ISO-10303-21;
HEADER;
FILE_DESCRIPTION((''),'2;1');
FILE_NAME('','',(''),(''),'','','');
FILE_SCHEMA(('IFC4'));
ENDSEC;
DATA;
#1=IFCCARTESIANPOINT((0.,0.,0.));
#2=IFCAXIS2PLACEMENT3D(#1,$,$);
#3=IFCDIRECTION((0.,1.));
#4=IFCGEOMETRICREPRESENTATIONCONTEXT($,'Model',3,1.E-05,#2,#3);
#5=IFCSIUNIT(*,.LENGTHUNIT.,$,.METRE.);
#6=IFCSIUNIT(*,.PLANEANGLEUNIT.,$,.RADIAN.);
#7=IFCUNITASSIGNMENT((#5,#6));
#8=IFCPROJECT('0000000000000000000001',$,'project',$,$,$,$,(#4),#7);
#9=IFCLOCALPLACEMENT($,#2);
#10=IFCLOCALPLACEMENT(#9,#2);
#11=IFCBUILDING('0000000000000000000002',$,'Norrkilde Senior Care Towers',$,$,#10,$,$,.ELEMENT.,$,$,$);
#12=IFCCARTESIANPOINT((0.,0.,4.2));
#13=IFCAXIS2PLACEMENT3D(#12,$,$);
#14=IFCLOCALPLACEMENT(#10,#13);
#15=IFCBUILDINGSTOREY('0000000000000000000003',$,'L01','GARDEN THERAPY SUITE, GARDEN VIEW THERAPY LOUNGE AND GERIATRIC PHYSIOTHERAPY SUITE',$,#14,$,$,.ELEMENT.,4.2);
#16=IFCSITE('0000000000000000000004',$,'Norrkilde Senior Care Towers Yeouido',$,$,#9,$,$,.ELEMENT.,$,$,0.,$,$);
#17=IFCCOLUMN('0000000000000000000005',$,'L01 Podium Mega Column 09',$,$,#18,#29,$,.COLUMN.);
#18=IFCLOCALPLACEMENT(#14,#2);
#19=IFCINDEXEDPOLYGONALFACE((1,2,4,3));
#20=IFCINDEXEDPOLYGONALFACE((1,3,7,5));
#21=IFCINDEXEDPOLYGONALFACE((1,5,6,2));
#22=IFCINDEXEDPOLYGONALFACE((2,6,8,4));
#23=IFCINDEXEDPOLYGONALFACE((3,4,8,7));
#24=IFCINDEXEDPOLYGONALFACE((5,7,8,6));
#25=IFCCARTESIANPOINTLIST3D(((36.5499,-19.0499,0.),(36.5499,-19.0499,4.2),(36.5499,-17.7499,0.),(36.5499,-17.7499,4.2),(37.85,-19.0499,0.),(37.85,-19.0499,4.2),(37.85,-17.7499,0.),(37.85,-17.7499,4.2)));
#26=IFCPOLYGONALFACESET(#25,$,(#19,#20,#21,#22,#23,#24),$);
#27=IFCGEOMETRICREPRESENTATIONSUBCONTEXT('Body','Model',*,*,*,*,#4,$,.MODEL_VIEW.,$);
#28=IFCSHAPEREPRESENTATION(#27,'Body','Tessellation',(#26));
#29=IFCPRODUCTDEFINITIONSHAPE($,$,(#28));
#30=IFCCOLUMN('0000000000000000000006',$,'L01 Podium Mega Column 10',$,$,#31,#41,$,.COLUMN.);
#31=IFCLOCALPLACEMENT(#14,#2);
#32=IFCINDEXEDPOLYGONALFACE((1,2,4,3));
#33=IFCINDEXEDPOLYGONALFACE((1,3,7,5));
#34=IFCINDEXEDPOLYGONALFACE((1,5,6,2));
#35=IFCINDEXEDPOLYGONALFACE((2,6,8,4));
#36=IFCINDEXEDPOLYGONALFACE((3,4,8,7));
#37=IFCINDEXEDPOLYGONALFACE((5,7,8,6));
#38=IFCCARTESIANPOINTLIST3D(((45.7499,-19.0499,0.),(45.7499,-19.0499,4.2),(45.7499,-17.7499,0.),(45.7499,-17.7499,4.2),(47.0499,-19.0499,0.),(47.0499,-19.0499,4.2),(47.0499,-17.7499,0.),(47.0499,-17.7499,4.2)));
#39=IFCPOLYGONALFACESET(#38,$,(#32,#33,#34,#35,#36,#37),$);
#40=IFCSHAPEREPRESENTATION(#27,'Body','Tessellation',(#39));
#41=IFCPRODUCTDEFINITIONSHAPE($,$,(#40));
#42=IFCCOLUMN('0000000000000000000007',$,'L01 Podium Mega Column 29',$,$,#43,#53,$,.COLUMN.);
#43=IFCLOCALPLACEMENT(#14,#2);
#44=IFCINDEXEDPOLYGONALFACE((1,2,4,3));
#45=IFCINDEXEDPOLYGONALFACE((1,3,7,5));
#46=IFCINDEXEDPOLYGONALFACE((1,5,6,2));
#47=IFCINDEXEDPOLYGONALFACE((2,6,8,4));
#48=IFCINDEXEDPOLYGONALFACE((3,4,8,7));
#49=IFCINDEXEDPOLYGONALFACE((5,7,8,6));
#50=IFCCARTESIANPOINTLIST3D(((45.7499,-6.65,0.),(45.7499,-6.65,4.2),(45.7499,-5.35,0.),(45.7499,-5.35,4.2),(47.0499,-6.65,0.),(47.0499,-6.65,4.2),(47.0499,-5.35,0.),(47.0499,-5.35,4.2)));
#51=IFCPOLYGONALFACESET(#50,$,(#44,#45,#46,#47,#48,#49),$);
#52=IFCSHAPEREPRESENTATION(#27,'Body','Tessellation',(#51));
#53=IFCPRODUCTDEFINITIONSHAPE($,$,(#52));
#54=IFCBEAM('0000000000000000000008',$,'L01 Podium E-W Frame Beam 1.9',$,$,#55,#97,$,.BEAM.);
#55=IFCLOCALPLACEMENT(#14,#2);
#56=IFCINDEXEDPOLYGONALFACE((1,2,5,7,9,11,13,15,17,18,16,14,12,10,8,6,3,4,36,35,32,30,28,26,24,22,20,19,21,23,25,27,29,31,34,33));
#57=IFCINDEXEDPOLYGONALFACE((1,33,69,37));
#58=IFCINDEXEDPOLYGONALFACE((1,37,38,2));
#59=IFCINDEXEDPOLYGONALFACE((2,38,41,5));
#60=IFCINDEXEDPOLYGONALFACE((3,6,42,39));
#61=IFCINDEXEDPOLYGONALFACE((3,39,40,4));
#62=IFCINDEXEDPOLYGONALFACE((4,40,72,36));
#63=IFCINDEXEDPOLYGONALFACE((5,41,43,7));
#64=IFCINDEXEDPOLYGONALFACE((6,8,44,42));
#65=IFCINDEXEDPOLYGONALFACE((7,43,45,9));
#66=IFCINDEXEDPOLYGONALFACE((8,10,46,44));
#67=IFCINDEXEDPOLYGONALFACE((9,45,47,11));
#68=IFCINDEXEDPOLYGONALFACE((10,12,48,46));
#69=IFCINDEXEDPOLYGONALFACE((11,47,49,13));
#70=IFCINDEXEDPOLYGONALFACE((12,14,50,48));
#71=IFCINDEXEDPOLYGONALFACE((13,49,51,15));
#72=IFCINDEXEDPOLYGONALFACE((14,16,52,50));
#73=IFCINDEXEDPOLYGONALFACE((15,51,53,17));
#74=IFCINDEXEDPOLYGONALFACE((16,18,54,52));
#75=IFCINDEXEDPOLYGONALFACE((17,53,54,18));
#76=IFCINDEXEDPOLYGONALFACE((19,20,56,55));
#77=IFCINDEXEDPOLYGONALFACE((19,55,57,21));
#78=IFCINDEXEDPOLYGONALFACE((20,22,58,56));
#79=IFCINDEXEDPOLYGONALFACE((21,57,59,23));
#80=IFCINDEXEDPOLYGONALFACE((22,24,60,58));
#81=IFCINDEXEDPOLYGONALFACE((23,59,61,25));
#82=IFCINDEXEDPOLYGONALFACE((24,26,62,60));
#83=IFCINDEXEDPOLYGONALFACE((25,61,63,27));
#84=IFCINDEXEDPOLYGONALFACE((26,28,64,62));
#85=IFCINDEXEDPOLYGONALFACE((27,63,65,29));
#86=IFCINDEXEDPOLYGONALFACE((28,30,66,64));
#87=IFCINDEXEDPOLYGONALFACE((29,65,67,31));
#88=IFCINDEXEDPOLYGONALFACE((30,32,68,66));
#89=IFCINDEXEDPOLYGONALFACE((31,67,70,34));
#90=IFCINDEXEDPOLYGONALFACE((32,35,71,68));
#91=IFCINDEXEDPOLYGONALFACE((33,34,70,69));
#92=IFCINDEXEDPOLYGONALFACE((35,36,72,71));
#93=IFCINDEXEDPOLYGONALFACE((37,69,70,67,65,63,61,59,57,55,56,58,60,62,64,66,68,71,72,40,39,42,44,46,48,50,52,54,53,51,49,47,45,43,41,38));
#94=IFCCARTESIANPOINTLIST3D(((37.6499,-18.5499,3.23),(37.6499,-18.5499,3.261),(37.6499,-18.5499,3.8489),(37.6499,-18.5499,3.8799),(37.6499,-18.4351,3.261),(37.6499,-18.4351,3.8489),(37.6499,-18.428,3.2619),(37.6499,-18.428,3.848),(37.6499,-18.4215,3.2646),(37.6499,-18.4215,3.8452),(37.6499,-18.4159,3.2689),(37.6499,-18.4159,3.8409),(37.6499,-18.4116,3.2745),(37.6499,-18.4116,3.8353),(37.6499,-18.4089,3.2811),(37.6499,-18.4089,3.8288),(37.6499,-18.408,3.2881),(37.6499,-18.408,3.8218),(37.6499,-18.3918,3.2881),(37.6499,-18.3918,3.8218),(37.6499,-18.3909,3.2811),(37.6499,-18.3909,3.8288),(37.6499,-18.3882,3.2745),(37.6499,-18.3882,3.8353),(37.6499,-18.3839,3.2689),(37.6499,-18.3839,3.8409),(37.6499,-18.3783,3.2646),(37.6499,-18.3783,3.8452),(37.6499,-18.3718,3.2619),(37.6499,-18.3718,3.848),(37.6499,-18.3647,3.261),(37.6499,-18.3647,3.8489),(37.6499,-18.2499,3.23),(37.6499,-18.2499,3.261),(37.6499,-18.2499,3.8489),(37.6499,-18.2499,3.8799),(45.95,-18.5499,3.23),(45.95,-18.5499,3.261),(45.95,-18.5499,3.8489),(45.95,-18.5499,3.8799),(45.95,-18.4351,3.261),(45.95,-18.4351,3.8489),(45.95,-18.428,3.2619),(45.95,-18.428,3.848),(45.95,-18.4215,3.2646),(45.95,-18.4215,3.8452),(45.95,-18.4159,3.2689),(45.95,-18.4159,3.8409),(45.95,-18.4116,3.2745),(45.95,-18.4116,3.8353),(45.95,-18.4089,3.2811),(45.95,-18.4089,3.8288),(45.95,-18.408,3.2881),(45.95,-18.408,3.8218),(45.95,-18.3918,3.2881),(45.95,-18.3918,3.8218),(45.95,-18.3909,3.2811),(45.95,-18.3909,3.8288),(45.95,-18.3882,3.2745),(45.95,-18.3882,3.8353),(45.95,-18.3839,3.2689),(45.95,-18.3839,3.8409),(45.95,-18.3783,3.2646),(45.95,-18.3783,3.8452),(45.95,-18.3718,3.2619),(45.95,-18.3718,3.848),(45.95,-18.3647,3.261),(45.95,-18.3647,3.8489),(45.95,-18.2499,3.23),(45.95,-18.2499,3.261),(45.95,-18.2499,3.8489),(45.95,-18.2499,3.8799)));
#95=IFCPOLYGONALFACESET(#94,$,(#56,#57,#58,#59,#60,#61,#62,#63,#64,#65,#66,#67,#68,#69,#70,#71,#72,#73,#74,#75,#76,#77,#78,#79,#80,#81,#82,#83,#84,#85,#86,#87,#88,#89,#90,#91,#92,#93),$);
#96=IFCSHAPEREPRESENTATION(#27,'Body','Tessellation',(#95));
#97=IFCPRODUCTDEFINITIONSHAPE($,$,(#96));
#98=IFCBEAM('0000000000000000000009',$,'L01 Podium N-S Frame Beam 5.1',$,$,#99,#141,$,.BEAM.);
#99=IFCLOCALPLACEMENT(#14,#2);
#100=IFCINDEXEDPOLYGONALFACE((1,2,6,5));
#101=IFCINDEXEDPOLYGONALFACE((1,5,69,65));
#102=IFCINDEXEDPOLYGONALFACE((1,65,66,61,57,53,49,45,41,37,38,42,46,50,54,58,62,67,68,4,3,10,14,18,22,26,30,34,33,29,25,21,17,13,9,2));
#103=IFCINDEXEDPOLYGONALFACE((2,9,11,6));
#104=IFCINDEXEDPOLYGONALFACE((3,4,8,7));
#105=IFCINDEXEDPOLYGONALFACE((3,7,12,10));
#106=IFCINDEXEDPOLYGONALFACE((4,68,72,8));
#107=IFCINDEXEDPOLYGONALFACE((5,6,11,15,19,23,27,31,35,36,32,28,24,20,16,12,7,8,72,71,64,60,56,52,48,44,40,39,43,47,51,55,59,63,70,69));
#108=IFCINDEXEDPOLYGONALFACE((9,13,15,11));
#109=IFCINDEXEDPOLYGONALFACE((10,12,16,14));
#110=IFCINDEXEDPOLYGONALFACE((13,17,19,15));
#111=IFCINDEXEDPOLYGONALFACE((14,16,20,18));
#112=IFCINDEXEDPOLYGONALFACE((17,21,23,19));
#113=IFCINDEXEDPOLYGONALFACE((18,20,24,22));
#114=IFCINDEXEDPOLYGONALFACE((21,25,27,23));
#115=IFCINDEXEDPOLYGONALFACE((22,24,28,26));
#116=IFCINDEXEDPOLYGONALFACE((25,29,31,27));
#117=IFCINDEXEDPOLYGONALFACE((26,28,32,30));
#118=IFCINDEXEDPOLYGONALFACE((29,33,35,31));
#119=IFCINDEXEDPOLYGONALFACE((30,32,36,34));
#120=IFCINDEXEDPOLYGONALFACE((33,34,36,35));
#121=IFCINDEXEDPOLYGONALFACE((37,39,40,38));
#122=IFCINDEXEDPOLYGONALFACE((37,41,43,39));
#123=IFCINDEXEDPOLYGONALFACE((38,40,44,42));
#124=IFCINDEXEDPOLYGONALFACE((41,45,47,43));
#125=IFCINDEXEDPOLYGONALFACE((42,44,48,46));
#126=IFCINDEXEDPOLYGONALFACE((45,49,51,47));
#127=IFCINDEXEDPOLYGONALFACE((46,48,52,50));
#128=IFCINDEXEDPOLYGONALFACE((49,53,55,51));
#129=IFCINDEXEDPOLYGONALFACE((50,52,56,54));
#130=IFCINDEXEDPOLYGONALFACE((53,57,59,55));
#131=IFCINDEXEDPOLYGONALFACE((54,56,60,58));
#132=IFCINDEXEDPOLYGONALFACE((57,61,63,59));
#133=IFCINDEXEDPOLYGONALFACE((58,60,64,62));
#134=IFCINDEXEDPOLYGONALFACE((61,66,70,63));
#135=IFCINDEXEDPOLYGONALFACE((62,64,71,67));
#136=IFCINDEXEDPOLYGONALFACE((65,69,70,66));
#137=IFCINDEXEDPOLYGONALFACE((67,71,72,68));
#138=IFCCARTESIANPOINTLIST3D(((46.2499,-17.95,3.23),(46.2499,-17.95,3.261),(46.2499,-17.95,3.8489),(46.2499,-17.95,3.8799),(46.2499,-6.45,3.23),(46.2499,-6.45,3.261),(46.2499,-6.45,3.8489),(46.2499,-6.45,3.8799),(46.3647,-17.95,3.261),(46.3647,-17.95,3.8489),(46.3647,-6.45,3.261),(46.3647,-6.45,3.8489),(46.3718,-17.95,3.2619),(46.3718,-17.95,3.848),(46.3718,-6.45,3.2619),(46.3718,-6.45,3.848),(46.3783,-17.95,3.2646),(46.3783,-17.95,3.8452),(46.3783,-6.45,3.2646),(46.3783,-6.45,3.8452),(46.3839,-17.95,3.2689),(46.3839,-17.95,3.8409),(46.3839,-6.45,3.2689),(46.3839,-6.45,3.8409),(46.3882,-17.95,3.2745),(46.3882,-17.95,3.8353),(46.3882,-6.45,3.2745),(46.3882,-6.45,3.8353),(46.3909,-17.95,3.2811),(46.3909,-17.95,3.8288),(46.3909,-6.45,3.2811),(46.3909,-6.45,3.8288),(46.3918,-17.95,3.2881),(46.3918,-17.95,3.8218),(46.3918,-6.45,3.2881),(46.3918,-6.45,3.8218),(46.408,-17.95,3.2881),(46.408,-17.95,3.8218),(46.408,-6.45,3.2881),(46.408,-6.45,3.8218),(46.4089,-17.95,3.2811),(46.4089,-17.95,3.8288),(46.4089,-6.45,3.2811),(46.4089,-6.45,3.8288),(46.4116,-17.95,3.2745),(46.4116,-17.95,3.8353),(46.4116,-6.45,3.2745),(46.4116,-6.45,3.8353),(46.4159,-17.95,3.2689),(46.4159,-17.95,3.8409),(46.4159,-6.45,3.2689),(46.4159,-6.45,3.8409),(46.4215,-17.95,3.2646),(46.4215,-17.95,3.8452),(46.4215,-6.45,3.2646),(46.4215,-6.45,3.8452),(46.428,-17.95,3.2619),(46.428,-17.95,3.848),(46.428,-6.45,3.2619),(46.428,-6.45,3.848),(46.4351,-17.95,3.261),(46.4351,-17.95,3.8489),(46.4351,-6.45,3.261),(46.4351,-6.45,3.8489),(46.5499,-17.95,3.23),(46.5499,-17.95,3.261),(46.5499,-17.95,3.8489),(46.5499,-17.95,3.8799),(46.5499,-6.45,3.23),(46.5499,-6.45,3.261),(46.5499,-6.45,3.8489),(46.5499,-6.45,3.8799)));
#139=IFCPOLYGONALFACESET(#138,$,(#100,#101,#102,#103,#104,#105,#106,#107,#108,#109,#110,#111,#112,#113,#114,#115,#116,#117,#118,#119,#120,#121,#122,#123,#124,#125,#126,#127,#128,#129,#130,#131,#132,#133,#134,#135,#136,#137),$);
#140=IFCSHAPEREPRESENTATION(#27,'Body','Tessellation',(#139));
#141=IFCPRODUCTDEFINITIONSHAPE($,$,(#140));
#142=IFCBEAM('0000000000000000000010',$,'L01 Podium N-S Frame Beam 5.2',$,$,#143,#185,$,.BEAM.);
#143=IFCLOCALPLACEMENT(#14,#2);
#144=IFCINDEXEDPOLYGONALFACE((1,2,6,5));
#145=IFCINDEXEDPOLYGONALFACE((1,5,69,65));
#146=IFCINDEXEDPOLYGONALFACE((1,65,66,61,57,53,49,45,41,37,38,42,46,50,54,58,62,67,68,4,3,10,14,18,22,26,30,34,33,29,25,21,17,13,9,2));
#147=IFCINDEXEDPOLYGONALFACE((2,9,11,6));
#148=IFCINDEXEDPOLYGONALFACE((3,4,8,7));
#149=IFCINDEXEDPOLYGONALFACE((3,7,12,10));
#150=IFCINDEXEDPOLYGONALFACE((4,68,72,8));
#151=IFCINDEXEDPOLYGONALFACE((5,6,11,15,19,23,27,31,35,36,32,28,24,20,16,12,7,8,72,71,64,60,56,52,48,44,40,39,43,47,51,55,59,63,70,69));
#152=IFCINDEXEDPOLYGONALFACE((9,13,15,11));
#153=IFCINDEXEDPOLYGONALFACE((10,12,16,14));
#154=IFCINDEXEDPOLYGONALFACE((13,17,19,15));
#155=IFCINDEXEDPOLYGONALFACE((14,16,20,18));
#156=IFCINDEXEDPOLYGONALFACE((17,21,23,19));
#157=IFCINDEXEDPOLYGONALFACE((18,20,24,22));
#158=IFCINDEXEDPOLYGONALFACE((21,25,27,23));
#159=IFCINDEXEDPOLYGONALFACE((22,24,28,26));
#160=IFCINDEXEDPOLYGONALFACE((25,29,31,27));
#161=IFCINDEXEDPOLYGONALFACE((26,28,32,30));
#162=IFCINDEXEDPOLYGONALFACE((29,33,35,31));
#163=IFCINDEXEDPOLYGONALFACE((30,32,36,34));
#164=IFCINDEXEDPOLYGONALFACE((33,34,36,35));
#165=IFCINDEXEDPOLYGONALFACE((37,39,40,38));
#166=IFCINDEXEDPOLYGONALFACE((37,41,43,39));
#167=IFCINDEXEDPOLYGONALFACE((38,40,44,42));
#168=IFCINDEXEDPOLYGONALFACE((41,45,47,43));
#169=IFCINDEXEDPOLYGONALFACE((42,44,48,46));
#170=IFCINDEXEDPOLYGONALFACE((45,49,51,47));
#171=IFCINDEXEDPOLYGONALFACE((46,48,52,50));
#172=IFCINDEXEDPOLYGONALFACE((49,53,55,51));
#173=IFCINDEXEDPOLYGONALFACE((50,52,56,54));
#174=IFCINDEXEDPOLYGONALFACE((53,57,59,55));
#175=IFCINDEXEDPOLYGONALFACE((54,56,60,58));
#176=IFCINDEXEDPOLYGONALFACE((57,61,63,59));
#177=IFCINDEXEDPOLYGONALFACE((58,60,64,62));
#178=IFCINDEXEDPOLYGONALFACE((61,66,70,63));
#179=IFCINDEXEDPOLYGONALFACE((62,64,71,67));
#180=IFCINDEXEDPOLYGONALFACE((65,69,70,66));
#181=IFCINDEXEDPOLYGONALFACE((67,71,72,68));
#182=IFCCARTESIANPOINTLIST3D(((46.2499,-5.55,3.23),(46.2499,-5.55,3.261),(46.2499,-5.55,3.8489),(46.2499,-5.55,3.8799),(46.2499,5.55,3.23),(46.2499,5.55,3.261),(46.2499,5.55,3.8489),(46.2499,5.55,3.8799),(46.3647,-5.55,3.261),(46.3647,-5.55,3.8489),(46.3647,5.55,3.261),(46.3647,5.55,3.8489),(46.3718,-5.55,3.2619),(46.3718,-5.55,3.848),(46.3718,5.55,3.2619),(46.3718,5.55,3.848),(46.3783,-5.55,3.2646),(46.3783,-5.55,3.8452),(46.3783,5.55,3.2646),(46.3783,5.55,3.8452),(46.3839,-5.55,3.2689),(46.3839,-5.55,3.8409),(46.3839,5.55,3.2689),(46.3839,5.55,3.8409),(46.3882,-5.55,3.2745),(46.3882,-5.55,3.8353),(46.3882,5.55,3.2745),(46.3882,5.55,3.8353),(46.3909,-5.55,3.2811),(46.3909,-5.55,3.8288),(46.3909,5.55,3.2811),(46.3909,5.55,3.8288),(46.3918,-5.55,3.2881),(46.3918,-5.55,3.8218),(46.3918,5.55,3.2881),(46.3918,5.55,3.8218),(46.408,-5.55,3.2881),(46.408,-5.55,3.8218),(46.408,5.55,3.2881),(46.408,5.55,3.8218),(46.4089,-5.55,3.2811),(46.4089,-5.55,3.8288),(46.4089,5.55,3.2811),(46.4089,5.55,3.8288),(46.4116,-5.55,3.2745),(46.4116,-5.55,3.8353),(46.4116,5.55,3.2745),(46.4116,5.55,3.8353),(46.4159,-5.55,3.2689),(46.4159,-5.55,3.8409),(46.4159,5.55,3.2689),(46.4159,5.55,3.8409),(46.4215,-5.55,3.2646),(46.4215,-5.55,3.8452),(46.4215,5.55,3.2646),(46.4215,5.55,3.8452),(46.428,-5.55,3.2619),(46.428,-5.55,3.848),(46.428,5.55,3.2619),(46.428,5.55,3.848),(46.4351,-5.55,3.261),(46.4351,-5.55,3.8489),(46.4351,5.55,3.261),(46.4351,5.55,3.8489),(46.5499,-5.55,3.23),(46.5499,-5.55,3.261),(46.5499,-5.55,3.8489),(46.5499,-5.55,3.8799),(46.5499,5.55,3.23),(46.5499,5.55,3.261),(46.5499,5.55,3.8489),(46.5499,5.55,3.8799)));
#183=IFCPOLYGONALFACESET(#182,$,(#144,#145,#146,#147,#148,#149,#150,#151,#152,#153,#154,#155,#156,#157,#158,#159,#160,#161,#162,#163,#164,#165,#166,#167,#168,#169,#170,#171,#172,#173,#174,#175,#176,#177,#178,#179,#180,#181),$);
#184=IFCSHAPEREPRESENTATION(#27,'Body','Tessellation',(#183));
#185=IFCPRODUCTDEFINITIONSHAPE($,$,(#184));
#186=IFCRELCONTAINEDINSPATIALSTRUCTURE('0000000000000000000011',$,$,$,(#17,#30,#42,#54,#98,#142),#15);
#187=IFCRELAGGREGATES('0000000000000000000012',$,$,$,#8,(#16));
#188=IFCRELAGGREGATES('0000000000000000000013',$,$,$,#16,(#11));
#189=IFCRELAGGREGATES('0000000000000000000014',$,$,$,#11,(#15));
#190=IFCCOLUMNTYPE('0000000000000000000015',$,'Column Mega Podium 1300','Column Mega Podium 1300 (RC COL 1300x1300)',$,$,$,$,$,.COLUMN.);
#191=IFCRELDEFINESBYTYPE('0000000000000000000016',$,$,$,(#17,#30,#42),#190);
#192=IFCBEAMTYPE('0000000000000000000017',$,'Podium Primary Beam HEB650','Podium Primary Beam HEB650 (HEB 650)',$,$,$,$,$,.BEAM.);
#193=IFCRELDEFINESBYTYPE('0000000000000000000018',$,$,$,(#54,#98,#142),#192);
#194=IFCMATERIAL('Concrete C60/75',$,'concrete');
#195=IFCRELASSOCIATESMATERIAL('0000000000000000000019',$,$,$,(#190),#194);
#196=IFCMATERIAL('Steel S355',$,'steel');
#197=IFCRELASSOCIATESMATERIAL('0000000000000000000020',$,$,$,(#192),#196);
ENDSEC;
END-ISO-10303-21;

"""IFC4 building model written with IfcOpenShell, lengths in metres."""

from ifc_helpers import new_model, si_unit, direction, frame, origin, origin_2d, place, context, subcontext, project, spatial, rectangle, i_section, extrude, source, transform, mapped, material, material_profile, profile_set, type_object, type_shapes, element, save


model = new_model("IFC4")

# Units and contexts
model_context = context("Model", 3, precision=1e-05, world=origin(), true_north=direction((0.0, 1.0)))
body_context = subcontext(model_context, "Body", "Model", "MODEL_VIEW")
ifc_project = project(units=[si_unit("LENGTHUNIT", "METRE"), si_unit("PLANEANGLEUNIT", "RADIAN")], contexts=[model_context])

# Site, building, storey
site_placement = place(None, origin())
site = spatial("IfcSite", under=ifc_project, at=site_placement, Name="Norrkilde Senior Care Towers Yeouido", CompositionType="ELEMENT", RefElevation=0.0)
building_placement = place(site_placement, origin())
building = spatial("IfcBuilding", under=site, at=building_placement, Name="Norrkilde Senior Care Towers", CompositionType="ELEMENT")
storey_placement = place(building_placement, frame((0.0, 0.0, 4.2)))
storey = spatial("IfcBuildingStorey", under=building, at=storey_placement, Name="L01", Description="GARDEN THERAPY SUITE, GARDEN VIEW THERAPY LOUNGE AND GERIATRIC PHYSIOTHERAPY SUITE", CompositionType="ELEMENT", Elevation=4.2)

# Columns
ifc_material_1 = material(Name="Concrete C60/75", Category="concrete")
ifc_material_profile_1 = material_profile(ifc_material_1, rectangle(XDim=1.3, YDim=1.3, at=origin_2d()), Name="RC COL 1300x1300")
ifc_profile_set_1 = profile_set([ifc_material_profile_1], Name="Concrete C60/75")
column_type = type_object("IfcColumnType", Name="Column Mega Podium 1300", Description="Column Mega Podium 1300 (RC COL 1300x1300)", PredefinedType="COLUMN", material=ifc_profile_set_1)
shared_shape_1 = source(origin(), body_context, "Body", "SweptSolid", [
    extrude(rectangle(XDim=1.3, YDim=1.3, at=origin_2d()), origin(), (0.0, 0.0, 1.0), 4.2),
])
type_shapes(column_type, [shared_shape_1])
for number, where, z_axis, x_axis, name in (
    (1, (37.2, -18.3999, 0.0), (0.0, 0.0, 1.0), (1.0, 0.0, 0.0), "L01 Podium Mega Column 09"),
    (2, (46.3999, -18.3999, 0.0), (0.0, 0.0, 1.0), (1.0, 0.0, 0.0), "L01 Podium Mega Column 10"),
    (3, (46.3999, -6.0, 0.0), (0.0, 0.0, 1.0), (1.0, 0.0, 0.0), "L01 Podium Mega Column 29"),
):
    element("IfcColumn", number, at=place(storey_placement, frame(where, z_axis=z_axis, x_axis=x_axis)), inside=storey, type_object=column_type, Name=name, PredefinedType="COLUMN", context=body_context, shape_type="MappedRepresentation", body=[
        mapped(shared_shape_1, transform((0.0, 0.0, 0.0), x_axis=(1.0, 0.0, 0.0), y_axis=(0.0, 1.0, 0.0), z_axis=(0.0, 0.0, 1.0), scale=1.0)),
    ])

# Beams
ifc_material_2 = material(Name="Steel S355", Category="steel")
ifc_material_profile_2 = material_profile(ifc_material_2, i_section(OverallWidth=0.3, OverallDepth=0.6499, WebThickness=0.0161, FlangeThickness=0.031, FilletRadius=0.0271, at=origin_2d()), Name="HEB 650")
ifc_profile_set_2 = profile_set([ifc_material_profile_2], Name="Steel S355")
beam_type = type_object("IfcBeamType", Name="Podium Primary Beam HEB650", Description="Podium Primary Beam HEB650 (HEB 650)", PredefinedType="BEAM", material=ifc_profile_set_2)
shared_shape_2 = source(origin(), body_context, "Body", "SweptSolid", [
    extrude(i_section(OverallWidth=0.3, OverallDepth=0.6499, WebThickness=0.0161, FlangeThickness=0.031, FilletRadius=0.0271, at=origin_2d()), origin(), (0.0, 0.0, 1.0), 8.3),
])
beam_1_placement = place(storey_placement, frame((37.6499, -18.3999, 3.5549), z_axis=(1.0, 0.0, 0.0), x_axis=(0.0, 1.0, 0.0)))
element("IfcBeam", 4, at=beam_1_placement, inside=storey, type_object=beam_type, Name="L01 Podium E-W Frame Beam 1.9", PredefinedType="BEAM", context=body_context, shape_type="MappedRepresentation", body=[
    mapped(shared_shape_2, transform((0.0, 0.0, 0.0), x_axis=(1.0, 0.0, 0.0), y_axis=(0.0, 1.0, 0.0), z_axis=(0.0, 0.0, 1.0), scale=1.0)),
])
shared_shape_3 = source(origin(), body_context, "Body", "SweptSolid", [
    extrude(i_section(OverallWidth=0.3, OverallDepth=0.6499, WebThickness=0.0161, FlangeThickness=0.031, FilletRadius=0.0271, at=origin_2d()), origin(), (0.0, 0.0, 1.0), 11.5),
])
beam_2_placement = place(storey_placement, frame((46.3999, -17.95, 3.5549), z_axis=(0.0, 1.0, 0.0), x_axis=(-1.0, 0.0, 0.0)))
element("IfcBeam", 5, at=beam_2_placement, inside=storey, type_object=beam_type, Name="L01 Podium N-S Frame Beam 5.1", PredefinedType="BEAM", context=body_context, shape_type="MappedRepresentation", body=[
    mapped(shared_shape_3, transform((0.0, 0.0, 0.0), x_axis=(1.0, 0.0, 0.0), y_axis=(0.0, 1.0, 0.0), z_axis=(0.0, 0.0, 1.0), scale=1.0)),
])
shared_shape_4 = source(origin(), body_context, "Body", "SweptSolid", [
    extrude(i_section(OverallWidth=0.3, OverallDepth=0.6499, WebThickness=0.0161, FlangeThickness=0.031, FilletRadius=0.0271, at=origin_2d()), origin(), (0.0, 0.0, 1.0), 11.1001),
])
type_shapes(beam_type, [shared_shape_2, shared_shape_3, shared_shape_4])
beam_3_placement = place(storey_placement, frame((46.3999, -5.55, 3.5549), z_axis=(0.0, 1.0, 0.0), x_axis=(-1.0, 0.0, 0.0)))
element("IfcBeam", 6, at=beam_3_placement, inside=storey, type_object=beam_type, Name="L01 Podium N-S Frame Beam 5.2", PredefinedType="BEAM", context=body_context, shape_type="MappedRepresentation", body=[
    mapped(shared_shape_4, transform((0.0, 0.0, 0.0), x_axis=(1.0, 0.0, 0.0), y_axis=(0.0, 1.0, 0.0), z_axis=(0.0, 0.0, 1.0), scale=1.0)),
])

save(model, "model.ifc")
